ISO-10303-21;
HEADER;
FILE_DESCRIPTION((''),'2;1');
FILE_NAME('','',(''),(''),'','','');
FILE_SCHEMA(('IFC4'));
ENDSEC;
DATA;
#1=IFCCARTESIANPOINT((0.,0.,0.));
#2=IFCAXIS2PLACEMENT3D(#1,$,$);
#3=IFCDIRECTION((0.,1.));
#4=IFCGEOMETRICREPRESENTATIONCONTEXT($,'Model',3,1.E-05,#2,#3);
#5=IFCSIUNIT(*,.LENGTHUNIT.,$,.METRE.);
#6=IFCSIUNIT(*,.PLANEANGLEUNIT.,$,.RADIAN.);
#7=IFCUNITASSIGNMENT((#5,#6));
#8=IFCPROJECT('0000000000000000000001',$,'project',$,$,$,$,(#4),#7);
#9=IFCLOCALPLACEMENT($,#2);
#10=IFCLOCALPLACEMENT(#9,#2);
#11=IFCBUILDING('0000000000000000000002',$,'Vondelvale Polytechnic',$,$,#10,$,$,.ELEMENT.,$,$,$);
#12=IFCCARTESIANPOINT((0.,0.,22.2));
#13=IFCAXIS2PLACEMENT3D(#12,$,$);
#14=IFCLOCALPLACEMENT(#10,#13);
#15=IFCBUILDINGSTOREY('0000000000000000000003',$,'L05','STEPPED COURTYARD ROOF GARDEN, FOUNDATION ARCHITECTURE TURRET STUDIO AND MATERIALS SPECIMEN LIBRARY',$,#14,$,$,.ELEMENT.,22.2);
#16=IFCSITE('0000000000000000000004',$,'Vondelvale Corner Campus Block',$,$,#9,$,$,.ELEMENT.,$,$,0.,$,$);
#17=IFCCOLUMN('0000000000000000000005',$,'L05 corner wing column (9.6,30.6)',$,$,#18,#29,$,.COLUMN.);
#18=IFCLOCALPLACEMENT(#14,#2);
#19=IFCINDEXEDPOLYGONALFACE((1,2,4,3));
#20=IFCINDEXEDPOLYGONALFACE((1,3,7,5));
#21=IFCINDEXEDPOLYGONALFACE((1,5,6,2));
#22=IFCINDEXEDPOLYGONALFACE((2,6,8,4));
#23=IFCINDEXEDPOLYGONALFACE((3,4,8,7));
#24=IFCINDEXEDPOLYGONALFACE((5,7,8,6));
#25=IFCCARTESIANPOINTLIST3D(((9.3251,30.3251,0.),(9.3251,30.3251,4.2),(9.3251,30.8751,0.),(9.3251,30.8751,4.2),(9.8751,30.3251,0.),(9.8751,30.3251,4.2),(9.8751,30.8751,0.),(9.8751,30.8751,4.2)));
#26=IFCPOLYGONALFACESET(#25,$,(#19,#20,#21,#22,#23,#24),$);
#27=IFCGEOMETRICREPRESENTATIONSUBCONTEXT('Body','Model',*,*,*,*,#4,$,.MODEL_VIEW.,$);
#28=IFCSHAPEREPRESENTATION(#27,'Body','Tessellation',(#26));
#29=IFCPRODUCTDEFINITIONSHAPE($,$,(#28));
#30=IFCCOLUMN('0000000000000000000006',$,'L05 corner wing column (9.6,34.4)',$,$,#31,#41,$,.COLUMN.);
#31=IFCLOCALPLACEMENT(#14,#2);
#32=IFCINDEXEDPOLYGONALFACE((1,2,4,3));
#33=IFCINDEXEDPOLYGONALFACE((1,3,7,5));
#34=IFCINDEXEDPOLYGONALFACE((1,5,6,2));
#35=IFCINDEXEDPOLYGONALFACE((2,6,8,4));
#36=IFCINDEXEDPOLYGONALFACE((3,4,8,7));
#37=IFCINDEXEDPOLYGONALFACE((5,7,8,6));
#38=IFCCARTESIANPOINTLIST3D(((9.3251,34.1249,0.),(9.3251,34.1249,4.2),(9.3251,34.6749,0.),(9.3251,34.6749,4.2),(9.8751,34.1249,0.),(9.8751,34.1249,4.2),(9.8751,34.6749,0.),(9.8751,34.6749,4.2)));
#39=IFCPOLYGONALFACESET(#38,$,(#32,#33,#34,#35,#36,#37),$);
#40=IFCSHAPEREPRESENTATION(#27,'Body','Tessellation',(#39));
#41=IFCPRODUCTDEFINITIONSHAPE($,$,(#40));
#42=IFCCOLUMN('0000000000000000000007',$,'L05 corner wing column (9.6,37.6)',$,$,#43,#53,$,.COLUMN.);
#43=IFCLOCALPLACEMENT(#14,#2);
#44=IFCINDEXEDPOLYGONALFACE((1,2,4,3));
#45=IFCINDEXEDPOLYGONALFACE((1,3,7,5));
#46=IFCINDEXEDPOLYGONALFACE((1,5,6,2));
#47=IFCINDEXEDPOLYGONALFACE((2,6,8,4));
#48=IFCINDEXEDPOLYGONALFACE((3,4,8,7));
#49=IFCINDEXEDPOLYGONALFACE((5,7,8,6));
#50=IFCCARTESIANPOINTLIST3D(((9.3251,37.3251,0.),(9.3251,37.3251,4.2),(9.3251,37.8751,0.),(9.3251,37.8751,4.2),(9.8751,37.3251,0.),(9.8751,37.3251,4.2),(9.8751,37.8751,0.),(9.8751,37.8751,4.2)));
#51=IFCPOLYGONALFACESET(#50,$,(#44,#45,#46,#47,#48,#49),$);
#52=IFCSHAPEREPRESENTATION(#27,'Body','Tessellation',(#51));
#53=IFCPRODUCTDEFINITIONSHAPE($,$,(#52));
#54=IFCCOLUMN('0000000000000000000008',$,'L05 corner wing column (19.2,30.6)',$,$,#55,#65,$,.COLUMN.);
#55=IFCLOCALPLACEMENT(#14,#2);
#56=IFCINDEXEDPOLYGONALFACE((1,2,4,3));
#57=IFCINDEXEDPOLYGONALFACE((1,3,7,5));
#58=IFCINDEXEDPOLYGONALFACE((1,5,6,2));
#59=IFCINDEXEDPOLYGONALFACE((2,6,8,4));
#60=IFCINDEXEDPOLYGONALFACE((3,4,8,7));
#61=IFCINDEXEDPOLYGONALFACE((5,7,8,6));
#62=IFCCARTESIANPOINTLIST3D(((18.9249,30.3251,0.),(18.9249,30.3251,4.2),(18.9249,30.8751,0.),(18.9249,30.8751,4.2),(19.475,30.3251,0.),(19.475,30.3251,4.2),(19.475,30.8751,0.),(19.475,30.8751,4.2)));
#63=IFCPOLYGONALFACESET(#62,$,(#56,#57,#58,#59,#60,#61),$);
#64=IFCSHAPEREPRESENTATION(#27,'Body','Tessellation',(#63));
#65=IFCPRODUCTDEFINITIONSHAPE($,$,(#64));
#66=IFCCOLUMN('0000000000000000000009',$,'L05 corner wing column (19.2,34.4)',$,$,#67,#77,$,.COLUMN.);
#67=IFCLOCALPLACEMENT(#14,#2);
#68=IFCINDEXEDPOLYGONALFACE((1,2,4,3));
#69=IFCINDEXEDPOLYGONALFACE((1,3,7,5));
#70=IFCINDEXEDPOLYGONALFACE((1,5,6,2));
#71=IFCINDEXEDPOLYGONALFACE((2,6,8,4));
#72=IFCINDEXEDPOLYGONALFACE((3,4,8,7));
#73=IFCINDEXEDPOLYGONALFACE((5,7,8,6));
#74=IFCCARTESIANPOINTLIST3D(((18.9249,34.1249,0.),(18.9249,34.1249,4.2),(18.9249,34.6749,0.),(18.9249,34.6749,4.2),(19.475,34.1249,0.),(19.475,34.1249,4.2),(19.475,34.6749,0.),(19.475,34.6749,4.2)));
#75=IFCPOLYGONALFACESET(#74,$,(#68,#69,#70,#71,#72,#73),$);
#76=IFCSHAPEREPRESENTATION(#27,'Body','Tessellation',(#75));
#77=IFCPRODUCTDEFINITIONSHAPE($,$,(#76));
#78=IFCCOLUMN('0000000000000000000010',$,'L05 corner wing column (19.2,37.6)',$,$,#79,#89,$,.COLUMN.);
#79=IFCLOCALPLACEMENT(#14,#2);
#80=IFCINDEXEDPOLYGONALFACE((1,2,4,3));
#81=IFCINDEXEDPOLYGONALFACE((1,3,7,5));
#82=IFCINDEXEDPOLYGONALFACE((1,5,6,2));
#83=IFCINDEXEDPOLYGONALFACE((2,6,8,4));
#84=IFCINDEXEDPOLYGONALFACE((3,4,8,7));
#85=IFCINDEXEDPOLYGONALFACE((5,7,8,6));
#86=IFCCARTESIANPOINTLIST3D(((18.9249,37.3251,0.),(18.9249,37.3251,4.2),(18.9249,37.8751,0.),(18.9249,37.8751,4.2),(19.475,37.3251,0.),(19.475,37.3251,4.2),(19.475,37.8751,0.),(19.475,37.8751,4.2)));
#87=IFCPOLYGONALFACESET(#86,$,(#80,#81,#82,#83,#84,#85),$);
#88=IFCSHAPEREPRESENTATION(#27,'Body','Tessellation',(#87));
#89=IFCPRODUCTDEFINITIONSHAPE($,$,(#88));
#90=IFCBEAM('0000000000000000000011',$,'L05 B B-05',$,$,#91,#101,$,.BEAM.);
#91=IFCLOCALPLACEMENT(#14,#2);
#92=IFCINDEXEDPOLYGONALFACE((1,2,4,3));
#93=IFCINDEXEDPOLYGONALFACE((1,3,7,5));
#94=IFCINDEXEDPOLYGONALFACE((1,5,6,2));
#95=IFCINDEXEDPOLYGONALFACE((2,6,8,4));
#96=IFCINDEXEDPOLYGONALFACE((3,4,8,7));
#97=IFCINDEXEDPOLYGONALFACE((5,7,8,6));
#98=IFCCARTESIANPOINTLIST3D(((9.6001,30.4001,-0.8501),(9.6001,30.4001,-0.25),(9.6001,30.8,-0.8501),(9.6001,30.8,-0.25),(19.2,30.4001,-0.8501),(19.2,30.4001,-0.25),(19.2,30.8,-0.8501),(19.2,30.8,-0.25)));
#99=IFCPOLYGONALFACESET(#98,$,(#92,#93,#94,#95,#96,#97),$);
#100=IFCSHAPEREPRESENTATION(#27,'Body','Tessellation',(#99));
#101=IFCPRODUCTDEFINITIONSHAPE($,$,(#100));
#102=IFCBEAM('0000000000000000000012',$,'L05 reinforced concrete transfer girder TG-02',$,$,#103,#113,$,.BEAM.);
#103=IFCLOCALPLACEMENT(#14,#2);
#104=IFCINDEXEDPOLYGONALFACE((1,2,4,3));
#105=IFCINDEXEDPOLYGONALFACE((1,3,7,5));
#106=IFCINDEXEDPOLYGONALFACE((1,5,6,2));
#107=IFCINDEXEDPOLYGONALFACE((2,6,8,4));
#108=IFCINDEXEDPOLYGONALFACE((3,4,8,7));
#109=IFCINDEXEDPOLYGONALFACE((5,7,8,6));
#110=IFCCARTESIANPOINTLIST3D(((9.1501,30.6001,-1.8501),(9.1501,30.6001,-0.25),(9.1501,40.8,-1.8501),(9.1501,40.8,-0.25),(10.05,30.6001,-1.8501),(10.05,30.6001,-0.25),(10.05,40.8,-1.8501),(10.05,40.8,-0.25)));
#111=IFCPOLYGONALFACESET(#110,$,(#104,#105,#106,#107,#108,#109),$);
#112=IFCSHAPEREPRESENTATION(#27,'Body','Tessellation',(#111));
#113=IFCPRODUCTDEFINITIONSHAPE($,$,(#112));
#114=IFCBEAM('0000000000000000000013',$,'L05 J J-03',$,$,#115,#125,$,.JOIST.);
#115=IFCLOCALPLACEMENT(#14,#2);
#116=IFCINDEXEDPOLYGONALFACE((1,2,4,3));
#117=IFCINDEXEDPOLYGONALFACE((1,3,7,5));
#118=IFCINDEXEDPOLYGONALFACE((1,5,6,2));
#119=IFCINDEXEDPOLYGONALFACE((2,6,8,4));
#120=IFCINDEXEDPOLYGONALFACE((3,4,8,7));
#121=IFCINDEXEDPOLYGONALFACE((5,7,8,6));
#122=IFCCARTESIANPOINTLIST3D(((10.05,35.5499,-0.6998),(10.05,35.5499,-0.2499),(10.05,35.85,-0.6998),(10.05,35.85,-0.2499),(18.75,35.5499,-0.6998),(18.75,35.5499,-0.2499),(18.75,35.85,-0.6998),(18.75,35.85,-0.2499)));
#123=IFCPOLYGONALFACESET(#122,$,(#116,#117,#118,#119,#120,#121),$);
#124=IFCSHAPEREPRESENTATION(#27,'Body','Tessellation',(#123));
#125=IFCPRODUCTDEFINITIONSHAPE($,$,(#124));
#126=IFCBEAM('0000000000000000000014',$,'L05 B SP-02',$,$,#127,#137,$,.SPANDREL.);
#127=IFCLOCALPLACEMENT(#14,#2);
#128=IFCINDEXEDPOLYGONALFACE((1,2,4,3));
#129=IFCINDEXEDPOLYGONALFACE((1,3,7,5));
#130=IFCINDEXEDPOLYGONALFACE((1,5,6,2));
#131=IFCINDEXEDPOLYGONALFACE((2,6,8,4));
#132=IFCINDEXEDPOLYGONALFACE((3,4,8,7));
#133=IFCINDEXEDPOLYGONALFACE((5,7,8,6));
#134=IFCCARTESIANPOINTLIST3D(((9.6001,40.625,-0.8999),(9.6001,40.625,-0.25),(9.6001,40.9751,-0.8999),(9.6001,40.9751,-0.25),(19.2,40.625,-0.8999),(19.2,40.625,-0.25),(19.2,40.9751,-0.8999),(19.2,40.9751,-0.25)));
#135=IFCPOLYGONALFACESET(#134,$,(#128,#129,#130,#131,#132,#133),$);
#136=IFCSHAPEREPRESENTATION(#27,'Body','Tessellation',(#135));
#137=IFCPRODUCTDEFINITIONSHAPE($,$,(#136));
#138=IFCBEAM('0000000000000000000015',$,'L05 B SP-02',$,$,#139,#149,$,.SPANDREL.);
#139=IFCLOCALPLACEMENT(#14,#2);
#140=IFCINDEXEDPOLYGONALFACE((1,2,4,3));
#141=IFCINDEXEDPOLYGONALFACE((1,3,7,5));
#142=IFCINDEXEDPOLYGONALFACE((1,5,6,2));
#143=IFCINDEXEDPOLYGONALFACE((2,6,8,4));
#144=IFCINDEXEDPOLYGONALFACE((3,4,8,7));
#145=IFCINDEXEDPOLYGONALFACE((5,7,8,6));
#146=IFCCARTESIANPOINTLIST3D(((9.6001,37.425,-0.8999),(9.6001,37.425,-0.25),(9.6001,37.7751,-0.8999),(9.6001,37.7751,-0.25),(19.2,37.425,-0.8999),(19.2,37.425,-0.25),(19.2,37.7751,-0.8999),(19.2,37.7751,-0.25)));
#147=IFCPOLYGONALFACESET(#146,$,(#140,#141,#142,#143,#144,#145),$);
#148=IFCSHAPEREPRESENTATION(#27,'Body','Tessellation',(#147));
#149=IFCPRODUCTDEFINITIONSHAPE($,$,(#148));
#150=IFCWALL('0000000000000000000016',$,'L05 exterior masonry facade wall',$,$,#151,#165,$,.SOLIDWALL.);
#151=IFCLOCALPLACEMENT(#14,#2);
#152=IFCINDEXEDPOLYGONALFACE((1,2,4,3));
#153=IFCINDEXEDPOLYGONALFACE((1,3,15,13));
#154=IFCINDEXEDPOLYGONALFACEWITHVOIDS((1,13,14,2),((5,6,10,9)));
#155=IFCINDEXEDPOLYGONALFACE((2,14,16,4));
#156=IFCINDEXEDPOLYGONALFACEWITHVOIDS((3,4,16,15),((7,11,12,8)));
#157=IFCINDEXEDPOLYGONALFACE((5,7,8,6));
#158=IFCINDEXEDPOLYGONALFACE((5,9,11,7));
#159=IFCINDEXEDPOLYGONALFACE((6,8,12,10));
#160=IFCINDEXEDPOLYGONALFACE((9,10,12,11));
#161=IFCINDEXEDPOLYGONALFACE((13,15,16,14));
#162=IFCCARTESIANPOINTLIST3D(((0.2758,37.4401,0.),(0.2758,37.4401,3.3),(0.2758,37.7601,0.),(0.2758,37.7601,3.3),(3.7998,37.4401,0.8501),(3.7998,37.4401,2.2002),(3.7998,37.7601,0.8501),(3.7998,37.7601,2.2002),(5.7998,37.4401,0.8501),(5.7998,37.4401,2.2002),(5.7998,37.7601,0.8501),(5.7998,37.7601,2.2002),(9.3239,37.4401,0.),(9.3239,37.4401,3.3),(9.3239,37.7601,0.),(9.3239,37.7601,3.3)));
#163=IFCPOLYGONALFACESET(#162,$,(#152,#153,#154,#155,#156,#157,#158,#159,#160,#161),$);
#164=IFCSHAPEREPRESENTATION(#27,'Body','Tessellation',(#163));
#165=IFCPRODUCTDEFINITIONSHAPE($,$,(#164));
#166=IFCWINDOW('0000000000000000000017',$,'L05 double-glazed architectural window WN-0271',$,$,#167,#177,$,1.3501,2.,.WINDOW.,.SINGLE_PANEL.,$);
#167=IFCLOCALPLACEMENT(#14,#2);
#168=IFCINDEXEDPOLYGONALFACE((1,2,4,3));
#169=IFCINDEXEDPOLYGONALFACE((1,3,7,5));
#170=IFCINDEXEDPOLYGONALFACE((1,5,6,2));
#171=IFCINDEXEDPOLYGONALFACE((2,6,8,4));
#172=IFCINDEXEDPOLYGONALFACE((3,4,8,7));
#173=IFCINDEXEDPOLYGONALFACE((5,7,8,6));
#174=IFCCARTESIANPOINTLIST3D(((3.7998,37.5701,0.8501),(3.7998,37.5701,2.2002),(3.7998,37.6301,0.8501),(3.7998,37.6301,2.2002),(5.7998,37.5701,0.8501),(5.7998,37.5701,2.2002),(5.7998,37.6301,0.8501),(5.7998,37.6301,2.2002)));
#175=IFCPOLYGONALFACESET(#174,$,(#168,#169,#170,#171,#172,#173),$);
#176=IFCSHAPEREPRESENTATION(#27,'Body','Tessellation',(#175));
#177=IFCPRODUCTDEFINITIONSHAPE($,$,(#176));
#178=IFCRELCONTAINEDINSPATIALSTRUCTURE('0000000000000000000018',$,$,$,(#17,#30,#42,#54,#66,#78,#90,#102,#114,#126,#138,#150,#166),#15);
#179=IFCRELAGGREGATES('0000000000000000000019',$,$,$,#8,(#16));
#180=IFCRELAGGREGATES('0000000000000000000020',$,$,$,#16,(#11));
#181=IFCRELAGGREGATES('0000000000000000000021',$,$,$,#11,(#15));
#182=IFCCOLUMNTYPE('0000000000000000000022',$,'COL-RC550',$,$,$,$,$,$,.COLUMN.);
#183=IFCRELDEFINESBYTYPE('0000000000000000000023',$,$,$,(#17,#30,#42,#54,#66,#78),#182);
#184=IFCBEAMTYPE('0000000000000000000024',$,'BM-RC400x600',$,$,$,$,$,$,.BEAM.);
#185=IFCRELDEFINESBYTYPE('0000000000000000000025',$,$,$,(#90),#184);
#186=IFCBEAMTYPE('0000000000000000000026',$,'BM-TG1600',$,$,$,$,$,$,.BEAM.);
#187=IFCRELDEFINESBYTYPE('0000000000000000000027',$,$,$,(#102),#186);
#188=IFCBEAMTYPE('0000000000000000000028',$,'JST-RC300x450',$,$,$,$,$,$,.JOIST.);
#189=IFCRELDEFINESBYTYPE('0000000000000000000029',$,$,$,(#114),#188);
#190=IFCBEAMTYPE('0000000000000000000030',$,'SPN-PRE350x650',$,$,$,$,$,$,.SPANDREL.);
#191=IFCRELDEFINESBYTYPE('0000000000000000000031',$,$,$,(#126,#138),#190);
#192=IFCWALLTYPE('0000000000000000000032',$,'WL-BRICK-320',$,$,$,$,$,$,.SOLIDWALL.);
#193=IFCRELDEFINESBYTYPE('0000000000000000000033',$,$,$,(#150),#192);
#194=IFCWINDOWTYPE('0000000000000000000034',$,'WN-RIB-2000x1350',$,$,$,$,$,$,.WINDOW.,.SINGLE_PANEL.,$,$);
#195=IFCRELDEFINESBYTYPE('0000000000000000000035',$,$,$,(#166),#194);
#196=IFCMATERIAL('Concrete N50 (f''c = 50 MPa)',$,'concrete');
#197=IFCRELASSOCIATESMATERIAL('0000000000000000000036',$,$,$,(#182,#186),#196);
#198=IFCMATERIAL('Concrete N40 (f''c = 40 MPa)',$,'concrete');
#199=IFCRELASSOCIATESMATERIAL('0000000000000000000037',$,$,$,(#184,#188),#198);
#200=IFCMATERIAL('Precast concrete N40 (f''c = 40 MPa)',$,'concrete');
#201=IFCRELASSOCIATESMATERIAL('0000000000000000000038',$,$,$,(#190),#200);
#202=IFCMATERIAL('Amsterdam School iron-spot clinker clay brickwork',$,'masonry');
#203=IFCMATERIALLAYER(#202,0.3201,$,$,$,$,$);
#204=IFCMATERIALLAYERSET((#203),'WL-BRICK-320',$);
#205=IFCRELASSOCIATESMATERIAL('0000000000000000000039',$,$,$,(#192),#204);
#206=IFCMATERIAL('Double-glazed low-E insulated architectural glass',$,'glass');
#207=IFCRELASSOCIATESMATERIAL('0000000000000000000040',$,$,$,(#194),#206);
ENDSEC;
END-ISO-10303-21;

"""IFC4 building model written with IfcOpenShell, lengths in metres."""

from ifc_helpers import new_model, si_unit, direction, frame, frame_2d, origin, origin_2d, place, context, subcontext, project, spatial, rectangle, extrude, material, layer, layer_set, material_profile, profile_set, type_object, element, fill, save


model = new_model("IFC4")

# Units and contexts
model_context = context("Model", 3, precision=1e-05, world=origin(), true_north=direction((0.0, 1.0)))
body_context = subcontext(model_context, "Body", "Model", "MODEL_VIEW")
ifc_project = project(units=[si_unit("LENGTHUNIT", "METRE"), si_unit("PLANEANGLEUNIT", "RADIAN")], contexts=[model_context])

# Site, building, storey
site_placement = place(None, origin())
site = spatial("IfcSite", under=ifc_project, at=site_placement, Name="Vondelvale Corner Campus Block", CompositionType="ELEMENT", RefElevation=0.0)
building_placement = place(site_placement, origin())
building = spatial("IfcBuilding", under=site, at=building_placement, Name="Vondelvale Polytechnic", CompositionType="ELEMENT")
storey_placement = place(building_placement, frame((0.0, 0.0, 22.2)))
storey = spatial("IfcBuildingStorey", under=building, at=storey_placement, Name="L05", Description="STEPPED COURTYARD ROOF GARDEN, FOUNDATION ARCHITECTURE TURRET STUDIO AND MATERIALS SPECIMEN LIBRARY", CompositionType="ELEMENT", Elevation=22.2)

# Columns
ifc_material_1 = material(Name="Concrete N50 (f'c = 50 MPa)", Category="concrete")
ifc_material_profile_1 = material_profile(ifc_material_1, rectangle(XDim=0.55, YDim=0.55, at=origin_2d()), Name="RC-COL-550x550")
ifc_profile_set_1 = profile_set([ifc_material_profile_1], Name="Concrete N50 (f'c = 50 MPa)")
column_type = type_object("IfcColumnType", Name="COL-RC550", PredefinedType="COLUMN", material=ifc_profile_set_1)
for number, where, z_axis, x_axis, name in (
    (1, (9.6001, 30.6001, 0.0), (0.0, 0.0, 1.0), (1.0, 0.0, 0.0), "L05 corner wing column (9.6,30.6)"),
    (2, (9.6001, 34.3999, 0.0), (0.0, 0.0, 1.0), (1.0, 0.0, 0.0), "L05 corner wing column (9.6,34.4)"),
    (3, (9.6001, 37.6001, 0.0), (0.0, 0.0, 1.0), (1.0, 0.0, 0.0), "L05 corner wing column (9.6,37.6)"),
    (4, (19.2, 30.6001, 0.0), (0.0, 0.0, 1.0), (1.0, 0.0, 0.0), "L05 corner wing column (19.2,30.6)"),
    (5, (19.2, 34.3999, 0.0), (0.0, 0.0, 1.0), (1.0, 0.0, 0.0), "L05 corner wing column (19.2,34.4)"),
    (6, (19.2, 37.6001, 0.0), (0.0, 0.0, 1.0), (1.0, 0.0, 0.0), "L05 corner wing column (19.2,37.6)"),
):
    element("IfcColumn", number, at=place(storey_placement, frame(where, z_axis=z_axis, x_axis=x_axis)), inside=storey, type_object=column_type, Name=name, PredefinedType="COLUMN", context=body_context, shape_type="SweptSolid", body=[
        extrude(rectangle(XDim=0.55, YDim=0.55, at=origin_2d()), origin(), (0.0, 0.0, 1.0), 4.2),
    ])

# Beams
ifc_material_2 = material(Name="Concrete N40 (f'c = 40 MPa)", Category="concrete")
ifc_material_profile_2 = material_profile(ifc_material_2, rectangle(XDim=0.3999, YDim=0.6001, at=origin_2d()), Name="RC-BM-400x600")
ifc_profile_set_2 = profile_set([ifc_material_profile_2], Name="Concrete N40 (f'c = 40 MPa)")
beam_type_1 = type_object("IfcBeamType", Name="BM-RC400x600", PredefinedType="BEAM", material=ifc_profile_set_2)
beam_1_placement = place(storey_placement, frame((9.6001, 30.6001, -0.55), z_axis=(1.0, 0.0, 0.0), x_axis=(0.0, 1.0, 0.0)))
element("IfcBeam", 7, at=beam_1_placement, inside=storey, type_object=beam_type_1, Name="L05 B B-05", PredefinedType="BEAM", context=body_context, shape_type="SweptSolid", body=[
    extrude(rectangle(XDim=0.3999, YDim=0.6001, at=origin_2d()), origin(), (0.0, 0.0, 1.0), 9.5999),
])
ifc_material_profile_3 = material_profile(ifc_material_1, rectangle(XDim=0.8999, YDim=1.6001, at=origin_2d()), Name="RC-TG-900x1600")
ifc_profile_set_3 = profile_set([ifc_material_profile_3], Name="Concrete N50 (f'c = 50 MPa)")
beam_type_2 = type_object("IfcBeamType", Name="BM-TG1600", PredefinedType="BEAM", material=ifc_profile_set_3)
beam_2_placement = place(storey_placement, frame((9.6001, 30.6001, -1.05), z_axis=(0.0, 1.0, 0.0), x_axis=(-1.0, 0.0, 0.0)))
element("IfcBeam", 8, at=beam_2_placement, inside=storey, type_object=beam_type_2, Name="L05 reinforced concrete transfer girder TG-02", PredefinedType="BEAM", context=body_context, shape_type="SweptSolid", body=[
    extrude(rectangle(XDim=0.8999, YDim=1.6001, at=origin_2d()), origin(), (0.0, 0.0, 1.0), 10.2),
])
ifc_material_profile_4 = material_profile(ifc_material_2, rectangle(XDim=0.3, YDim=0.45, at=origin_2d()), Name="RC-JST-300x450")
ifc_profile_set_4 = profile_set([ifc_material_profile_4], Name="Concrete N40 (f'c = 40 MPa)")
beam_type_3 = type_object("IfcBeamType", Name="JST-RC300x450", PredefinedType="JOIST", material=ifc_profile_set_4)
beam_3_placement = place(storey_placement, frame((10.05, 35.7, -0.4749), z_axis=(1.0, 0.0, 0.0), x_axis=(0.0, 1.0, 0.0)))
element("IfcBeam", 9, at=beam_3_placement, inside=storey, type_object=beam_type_3, Name="L05 J J-03", PredefinedType="JOIST", context=body_context, shape_type="SweptSolid", body=[
    extrude(rectangle(XDim=0.3, YDim=0.45, at=origin_2d()), origin(), (0.0, 0.0, 1.0), 8.7),
])
ifc_material_3 = material(Name="Precast concrete N40 (f'c = 40 MPa)", Category="concrete")
ifc_material_profile_5 = material_profile(ifc_material_3, rectangle(XDim=0.3501, YDim=0.6499, at=origin_2d()), Name="RC-SPN-350x650")
ifc_profile_set_5 = profile_set([ifc_material_profile_5], Name="Precast concrete N40 (f'c = 40 MPa)")
beam_type_4 = type_object("IfcBeamType", Name="SPN-PRE350x650", PredefinedType="SPANDREL", material=ifc_profile_set_5)
for number, where, z_axis, x_axis, name in (
    (10, (9.6001, 40.8, -0.575), (1.0, 0.0, 0.0), (0.0, 1.0, 0.0), "L05 B SP-02"),
    (11, (9.6001, 37.6001, -0.575), (1.0, 0.0, 0.0), (0.0, 1.0, 0.0), "L05 B SP-02"),
):
    element("IfcBeam", number, at=place(storey_placement, frame(where, z_axis=z_axis, x_axis=x_axis)), inside=storey, type_object=beam_type_4, Name=name, PredefinedType="SPANDREL", context=body_context, shape_type="SweptSolid", body=[
        extrude(rectangle(XDim=0.3501, YDim=0.6499, at=origin_2d()), origin(), (0.0, 0.0, 1.0), 9.5999),
    ])

# Wall, opening, window
ifc_material_4 = material(Name="Amsterdam School iron-spot clinker clay brickwork", Category="masonry")
ifc_layer_1 = layer(ifc_material_4, 0.3201)
ifc_layer_set_1 = layer_set([ifc_layer_1], Name="WL-BRICK-320")
wall_type = type_object("IfcWallType", Name="WL-BRICK-320", PredefinedType="SOLIDWALL", material=ifc_layer_set_1)
wall_1_placement = place(storey_placement, frame((0.2759, 37.6001, 0.0), z_axis=(0.0, 0.0, 1.0), x_axis=(1.0, 0.0, 0.0)))
wall_1 = element("IfcWall", 12, at=wall_1_placement, inside=storey, type_object=wall_type, Name="L05 exterior masonry facade wall", PredefinedType="SOLIDWALL", context=body_context, shape_type="SweptSolid", body=[
    extrude(rectangle(XDim=9.0481, YDim=0.3201, at=frame_2d((4.5239, 0.0))), origin(), (0.0, 0.0, 1.0), 3.3),
])
opening_1_placement = place(wall_1_placement, frame((3.5239, 0.0, 0.8501)))
opening_1 = element("IfcOpeningElement", 13, at=opening_1_placement, cuts=wall_1, PredefinedType="OPENING", context=body_context, shape_type="SweptSolid", body=[
    extrude(rectangle(XDim=2.0, YDim=1.3501, at=frame_2d((1.0, 0.675))), frame((0.0, 0.1699, 0.0), z_axis=(0.0, -1.0, 0.0), x_axis=(1.0, 0.0, 0.0)), (0.0, 0.0, 1.0), 0.3401),
])
ifc_material_5 = material(Name="Double-glazed low-E insulated architectural glass", Category="glass")
window_type = type_object("IfcWindowType", Name="WN-RIB-2000x1350", PartitioningType="SINGLE_PANEL", PredefinedType="WINDOW", material=ifc_material_5)
window_1_placement = place(opening_1_placement, origin())
window_1 = element("IfcWindow", 14, at=window_1_placement, inside=storey, type_object=window_type, Name="L05 double-glazed architectural window WN-0271", OverallHeight=1.3501, OverallWidth=2.0, PartitioningType="SINGLE_PANEL", PredefinedType="WINDOW", context=body_context, shape_type="SweptSolid", body=[
    extrude(rectangle(XDim=2.0, YDim=1.3501, at=frame_2d((1.0, 0.675))), frame((0.0, 0.03, 0.0), z_axis=(0.0, -1.0, 0.0), x_axis=(1.0, 0.0, 0.0)), (0.0, 0.0, 1.0), 0.0601),
])
fill(opening_1, window_1)

save(model, "model.ifc")
